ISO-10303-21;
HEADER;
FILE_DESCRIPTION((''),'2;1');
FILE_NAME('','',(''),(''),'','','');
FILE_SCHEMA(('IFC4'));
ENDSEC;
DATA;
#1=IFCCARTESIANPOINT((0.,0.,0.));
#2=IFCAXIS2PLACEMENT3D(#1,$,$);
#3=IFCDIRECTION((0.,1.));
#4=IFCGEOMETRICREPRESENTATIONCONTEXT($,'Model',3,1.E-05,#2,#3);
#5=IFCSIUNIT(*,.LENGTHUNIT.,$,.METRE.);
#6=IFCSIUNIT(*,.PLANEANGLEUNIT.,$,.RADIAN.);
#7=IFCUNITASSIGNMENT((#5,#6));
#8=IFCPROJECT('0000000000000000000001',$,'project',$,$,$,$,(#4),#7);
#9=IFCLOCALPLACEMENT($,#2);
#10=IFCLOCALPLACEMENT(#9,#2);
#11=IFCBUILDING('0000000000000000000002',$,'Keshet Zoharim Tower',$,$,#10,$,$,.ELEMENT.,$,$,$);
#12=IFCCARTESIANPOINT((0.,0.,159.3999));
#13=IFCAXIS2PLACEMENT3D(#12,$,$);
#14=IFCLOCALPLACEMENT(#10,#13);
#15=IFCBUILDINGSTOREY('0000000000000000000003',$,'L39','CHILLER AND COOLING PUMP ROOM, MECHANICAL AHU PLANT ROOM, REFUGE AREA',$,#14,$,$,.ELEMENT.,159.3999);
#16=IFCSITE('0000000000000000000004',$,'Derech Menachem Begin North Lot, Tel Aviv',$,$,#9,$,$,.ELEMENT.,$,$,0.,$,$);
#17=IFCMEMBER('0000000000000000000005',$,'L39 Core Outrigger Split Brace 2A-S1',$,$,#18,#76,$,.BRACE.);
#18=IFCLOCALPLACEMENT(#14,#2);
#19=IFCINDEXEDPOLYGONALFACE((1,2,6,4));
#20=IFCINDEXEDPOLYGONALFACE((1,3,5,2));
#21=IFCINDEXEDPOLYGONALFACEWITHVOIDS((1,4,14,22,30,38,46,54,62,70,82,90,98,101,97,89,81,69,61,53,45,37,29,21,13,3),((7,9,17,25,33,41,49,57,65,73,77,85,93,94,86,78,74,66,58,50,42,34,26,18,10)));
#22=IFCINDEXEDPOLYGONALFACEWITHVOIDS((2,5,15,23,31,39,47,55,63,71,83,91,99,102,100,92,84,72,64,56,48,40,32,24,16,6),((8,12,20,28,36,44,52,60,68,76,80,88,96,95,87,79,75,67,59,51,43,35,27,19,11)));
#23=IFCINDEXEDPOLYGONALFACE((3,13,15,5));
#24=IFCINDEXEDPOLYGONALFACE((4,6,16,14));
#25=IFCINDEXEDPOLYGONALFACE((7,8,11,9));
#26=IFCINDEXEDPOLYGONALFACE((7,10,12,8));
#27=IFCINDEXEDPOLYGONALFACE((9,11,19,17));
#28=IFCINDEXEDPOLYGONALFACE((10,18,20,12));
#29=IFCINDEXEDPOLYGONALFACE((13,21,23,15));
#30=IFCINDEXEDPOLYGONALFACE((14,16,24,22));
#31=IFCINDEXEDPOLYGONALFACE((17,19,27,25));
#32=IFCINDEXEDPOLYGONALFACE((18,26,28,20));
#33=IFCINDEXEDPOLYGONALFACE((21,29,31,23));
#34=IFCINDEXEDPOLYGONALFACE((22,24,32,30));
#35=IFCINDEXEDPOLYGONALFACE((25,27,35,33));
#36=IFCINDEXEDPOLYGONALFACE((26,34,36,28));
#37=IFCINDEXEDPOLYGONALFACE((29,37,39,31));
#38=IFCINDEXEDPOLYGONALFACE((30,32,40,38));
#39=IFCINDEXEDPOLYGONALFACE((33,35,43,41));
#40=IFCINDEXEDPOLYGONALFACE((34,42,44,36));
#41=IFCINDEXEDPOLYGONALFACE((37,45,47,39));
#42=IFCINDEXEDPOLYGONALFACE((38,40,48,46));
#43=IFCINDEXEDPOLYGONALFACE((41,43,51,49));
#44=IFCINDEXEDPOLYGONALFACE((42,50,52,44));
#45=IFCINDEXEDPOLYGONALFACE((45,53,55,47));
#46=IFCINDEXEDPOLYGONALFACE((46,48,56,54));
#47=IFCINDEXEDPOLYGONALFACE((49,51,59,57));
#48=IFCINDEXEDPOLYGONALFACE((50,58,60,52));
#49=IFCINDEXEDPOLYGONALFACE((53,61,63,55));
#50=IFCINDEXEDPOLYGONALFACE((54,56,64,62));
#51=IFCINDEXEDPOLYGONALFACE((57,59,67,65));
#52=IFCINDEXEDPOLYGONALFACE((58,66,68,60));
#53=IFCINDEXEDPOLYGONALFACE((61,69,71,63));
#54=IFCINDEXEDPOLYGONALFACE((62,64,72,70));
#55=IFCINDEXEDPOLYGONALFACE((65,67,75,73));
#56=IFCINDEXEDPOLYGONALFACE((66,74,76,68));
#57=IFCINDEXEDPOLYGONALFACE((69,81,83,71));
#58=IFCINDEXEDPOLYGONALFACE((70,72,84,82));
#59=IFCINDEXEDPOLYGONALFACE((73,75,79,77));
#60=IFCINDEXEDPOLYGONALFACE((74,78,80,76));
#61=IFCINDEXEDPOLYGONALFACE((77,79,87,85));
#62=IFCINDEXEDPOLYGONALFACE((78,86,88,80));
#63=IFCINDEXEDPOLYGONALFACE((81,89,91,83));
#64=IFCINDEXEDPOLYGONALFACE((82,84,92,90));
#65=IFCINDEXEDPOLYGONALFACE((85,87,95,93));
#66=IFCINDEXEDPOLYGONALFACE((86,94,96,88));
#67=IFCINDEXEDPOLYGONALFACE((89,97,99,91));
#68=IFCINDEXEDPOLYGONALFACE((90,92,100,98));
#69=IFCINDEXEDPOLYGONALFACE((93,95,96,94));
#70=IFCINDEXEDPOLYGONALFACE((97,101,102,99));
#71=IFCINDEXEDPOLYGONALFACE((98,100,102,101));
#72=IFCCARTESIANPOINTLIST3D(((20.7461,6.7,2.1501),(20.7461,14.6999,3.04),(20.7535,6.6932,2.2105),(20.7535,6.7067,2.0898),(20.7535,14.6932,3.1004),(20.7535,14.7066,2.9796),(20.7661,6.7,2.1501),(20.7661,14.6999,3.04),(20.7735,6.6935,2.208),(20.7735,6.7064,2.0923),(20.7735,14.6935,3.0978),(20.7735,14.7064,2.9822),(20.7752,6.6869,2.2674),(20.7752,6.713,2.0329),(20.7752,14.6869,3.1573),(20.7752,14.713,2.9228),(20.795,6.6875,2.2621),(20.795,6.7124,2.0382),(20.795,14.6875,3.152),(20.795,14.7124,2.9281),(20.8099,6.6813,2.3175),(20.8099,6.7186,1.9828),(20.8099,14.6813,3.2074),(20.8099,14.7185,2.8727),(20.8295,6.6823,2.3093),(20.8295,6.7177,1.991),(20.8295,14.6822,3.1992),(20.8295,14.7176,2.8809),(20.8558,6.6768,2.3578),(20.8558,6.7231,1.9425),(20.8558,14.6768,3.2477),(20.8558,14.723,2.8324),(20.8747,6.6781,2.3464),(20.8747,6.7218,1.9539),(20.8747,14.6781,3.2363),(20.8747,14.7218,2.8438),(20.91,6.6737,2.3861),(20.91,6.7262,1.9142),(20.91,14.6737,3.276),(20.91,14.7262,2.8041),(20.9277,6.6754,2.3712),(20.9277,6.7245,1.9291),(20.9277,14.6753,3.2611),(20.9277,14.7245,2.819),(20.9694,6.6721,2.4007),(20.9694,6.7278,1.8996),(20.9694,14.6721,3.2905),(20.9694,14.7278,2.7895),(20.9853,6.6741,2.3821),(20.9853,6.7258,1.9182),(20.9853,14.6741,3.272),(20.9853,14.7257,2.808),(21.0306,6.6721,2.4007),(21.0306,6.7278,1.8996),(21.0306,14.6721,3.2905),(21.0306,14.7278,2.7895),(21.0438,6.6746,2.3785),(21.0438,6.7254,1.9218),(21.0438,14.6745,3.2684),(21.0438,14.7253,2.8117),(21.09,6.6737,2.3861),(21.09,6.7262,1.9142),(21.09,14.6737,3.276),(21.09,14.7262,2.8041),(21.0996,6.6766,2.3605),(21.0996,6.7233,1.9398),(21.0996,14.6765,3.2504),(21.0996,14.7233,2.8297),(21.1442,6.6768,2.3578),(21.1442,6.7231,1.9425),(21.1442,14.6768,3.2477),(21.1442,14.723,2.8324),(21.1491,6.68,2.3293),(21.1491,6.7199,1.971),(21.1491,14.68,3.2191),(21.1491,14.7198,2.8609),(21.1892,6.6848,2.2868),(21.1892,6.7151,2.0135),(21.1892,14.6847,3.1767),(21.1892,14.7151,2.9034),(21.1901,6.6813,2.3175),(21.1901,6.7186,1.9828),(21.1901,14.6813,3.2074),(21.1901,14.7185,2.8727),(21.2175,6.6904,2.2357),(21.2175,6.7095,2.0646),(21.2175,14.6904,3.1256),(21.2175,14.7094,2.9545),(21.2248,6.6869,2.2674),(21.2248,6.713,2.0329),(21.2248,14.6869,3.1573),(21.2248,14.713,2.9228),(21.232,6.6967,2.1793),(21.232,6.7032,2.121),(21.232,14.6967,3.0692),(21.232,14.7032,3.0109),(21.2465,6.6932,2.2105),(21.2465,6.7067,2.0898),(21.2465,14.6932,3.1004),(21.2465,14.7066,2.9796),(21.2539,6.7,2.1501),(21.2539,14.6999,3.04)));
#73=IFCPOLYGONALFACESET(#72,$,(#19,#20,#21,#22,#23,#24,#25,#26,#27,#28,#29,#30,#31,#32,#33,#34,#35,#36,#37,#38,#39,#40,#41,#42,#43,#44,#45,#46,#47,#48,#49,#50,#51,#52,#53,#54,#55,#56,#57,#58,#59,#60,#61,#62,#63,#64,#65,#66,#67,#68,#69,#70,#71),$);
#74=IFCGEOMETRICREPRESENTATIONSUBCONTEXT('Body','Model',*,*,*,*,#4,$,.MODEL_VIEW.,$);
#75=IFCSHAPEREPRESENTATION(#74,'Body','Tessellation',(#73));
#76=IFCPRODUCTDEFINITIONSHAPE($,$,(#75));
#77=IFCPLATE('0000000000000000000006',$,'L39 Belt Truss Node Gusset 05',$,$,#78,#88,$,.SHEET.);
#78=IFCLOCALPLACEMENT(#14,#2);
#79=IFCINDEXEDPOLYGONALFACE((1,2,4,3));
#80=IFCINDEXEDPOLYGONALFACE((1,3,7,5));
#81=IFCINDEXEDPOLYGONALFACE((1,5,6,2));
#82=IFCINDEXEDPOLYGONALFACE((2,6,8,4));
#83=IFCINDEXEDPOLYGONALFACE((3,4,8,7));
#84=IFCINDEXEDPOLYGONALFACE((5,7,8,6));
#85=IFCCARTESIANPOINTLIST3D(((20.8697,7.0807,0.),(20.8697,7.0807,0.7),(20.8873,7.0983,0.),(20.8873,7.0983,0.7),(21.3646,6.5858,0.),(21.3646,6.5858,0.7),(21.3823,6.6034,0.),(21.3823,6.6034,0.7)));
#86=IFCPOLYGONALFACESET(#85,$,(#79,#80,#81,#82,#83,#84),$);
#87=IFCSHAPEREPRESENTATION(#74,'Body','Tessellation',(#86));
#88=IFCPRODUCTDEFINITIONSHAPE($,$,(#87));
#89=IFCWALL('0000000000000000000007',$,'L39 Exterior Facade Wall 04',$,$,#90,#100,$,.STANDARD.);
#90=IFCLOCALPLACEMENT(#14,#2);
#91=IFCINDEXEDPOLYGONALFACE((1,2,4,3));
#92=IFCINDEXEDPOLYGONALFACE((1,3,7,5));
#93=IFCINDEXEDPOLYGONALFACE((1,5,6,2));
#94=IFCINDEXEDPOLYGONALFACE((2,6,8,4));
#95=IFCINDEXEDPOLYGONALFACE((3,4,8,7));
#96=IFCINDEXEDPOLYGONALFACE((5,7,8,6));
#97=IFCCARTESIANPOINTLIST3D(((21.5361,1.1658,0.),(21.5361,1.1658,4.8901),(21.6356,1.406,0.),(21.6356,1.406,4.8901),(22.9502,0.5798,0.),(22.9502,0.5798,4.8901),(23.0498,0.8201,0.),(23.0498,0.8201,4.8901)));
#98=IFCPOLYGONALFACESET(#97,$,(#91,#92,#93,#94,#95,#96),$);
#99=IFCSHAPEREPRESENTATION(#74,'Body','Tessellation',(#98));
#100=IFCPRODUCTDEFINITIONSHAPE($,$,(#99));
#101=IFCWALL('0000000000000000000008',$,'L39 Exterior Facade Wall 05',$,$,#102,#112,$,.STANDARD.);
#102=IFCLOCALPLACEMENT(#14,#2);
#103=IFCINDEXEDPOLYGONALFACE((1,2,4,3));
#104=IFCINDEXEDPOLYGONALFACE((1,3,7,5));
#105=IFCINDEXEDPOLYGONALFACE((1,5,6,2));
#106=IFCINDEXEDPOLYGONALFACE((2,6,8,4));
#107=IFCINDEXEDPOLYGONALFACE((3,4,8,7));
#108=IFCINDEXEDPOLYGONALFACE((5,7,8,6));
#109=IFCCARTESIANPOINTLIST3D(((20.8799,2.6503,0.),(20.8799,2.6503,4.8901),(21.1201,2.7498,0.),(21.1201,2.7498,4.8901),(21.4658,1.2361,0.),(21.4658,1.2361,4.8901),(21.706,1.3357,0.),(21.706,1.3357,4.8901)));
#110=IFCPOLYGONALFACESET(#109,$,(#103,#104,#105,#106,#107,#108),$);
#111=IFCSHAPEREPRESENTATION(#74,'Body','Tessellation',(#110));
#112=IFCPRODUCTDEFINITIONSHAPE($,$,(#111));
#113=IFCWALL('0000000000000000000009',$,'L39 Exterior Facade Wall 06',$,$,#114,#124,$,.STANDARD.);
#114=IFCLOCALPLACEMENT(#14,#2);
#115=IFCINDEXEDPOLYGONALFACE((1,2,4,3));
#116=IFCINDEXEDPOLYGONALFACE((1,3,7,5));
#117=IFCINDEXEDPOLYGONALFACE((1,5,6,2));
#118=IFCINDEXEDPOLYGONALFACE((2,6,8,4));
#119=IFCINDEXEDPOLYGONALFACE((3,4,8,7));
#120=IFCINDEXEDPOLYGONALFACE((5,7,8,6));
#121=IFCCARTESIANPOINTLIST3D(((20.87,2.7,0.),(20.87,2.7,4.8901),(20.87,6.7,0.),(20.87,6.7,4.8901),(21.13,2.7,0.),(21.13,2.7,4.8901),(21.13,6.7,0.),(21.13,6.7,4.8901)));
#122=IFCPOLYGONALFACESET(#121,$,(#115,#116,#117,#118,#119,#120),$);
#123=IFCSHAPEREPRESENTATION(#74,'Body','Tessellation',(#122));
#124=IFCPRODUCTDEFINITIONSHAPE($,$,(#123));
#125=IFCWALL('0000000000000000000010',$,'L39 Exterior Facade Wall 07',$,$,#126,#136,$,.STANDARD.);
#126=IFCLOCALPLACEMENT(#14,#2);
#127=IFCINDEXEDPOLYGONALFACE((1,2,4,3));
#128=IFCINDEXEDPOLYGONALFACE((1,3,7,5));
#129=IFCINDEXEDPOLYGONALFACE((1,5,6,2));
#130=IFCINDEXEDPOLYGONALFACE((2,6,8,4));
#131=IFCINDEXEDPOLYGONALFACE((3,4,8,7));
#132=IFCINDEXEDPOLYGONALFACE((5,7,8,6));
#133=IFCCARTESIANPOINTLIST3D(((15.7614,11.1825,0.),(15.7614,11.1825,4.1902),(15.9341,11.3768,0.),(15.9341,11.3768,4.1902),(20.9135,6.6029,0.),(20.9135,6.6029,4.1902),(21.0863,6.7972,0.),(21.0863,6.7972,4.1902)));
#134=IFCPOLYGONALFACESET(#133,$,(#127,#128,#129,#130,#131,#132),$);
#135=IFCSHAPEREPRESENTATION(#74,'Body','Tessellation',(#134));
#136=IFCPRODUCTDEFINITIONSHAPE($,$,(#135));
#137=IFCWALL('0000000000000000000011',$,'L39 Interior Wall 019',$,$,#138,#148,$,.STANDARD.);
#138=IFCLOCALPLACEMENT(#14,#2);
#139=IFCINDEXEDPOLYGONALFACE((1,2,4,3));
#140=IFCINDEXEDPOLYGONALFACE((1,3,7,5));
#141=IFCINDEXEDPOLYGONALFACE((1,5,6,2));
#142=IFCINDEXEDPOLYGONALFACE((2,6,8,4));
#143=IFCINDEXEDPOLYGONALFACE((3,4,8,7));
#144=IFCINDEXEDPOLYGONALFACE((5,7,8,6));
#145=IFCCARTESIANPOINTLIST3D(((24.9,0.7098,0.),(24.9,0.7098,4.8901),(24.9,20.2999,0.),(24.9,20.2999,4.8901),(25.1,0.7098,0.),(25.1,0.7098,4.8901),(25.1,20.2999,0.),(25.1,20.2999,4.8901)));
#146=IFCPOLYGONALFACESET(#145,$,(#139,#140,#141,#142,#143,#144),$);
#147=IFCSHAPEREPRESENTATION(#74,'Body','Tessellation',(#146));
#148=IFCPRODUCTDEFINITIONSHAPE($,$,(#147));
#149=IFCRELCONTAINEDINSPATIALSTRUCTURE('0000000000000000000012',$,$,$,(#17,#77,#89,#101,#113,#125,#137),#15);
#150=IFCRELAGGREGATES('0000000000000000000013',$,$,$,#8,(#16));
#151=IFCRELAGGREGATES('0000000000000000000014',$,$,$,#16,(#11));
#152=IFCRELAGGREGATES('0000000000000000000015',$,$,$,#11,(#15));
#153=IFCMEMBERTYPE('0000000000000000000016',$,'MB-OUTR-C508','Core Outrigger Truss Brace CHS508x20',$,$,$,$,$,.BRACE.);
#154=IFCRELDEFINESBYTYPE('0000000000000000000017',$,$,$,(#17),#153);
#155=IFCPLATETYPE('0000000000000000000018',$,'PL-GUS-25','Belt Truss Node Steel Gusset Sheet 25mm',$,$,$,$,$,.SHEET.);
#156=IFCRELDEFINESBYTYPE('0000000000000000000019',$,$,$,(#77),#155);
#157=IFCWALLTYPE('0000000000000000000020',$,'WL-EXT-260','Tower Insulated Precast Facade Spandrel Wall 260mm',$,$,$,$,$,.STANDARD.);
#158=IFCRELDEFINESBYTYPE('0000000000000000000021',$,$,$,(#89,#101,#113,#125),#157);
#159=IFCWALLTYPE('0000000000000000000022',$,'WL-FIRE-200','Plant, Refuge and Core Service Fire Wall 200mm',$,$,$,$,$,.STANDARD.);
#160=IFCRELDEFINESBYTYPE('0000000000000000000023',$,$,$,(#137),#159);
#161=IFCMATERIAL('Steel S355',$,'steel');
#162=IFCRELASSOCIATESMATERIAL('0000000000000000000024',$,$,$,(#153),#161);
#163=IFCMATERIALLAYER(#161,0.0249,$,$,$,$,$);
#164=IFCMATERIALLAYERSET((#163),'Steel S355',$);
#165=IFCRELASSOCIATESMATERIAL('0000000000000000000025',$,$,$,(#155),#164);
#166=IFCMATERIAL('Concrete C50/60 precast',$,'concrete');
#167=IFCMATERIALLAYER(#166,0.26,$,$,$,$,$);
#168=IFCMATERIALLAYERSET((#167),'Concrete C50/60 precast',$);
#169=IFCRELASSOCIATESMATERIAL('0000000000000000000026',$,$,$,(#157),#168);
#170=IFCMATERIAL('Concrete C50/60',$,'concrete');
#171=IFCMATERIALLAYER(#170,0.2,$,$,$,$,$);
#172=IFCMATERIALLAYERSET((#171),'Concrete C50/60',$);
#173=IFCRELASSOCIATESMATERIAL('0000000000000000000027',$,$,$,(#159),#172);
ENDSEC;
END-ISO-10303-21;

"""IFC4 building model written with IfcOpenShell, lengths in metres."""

from ifc_helpers import new_model, si_unit, direction, frame, frame_2d, origin, origin_2d, place, context, subcontext, project, spatial, rectangle, hollow_circle, extrude, material, layer, layer_set, material_profile, profile_set, type_object, element, save


model = new_model("IFC4")

# Units and contexts
model_context = context("Model", 3, precision=1e-05, world=origin(), true_north=direction((0.0, 1.0)))
body_context = subcontext(model_context, "Body", "Model", "MODEL_VIEW")
ifc_project = project(units=[si_unit("LENGTHUNIT", "METRE"), si_unit("PLANEANGLEUNIT", "RADIAN")], contexts=[model_context])

# Site, building, storey
site_placement = place(None, origin())
site = spatial("IfcSite", under=ifc_project, at=site_placement, Name="Derech Menachem Begin North Lot, Tel Aviv", CompositionType="ELEMENT", RefElevation=0.0)
building_placement = place(site_placement, origin())
building = spatial("IfcBuilding", under=site, at=building_placement, Name="Keshet Zoharim Tower", CompositionType="ELEMENT")
storey_placement = place(building_placement, frame((0.0, 0.0, 159.3999)))
storey = spatial("IfcBuildingStorey", under=building, at=storey_placement, Name="L39", Description="CHILLER AND COOLING PUMP ROOM, MECHANICAL AHU PLANT ROOM, REFUGE AREA", CompositionType="ELEMENT", Elevation=159.3999)

# Shared definitions
ifc_material_1 = material(Name="Steel S355", Category="steel")

# Member
ifc_material_profile_1 = material_profile(ifc_material_1, hollow_circle(Radius=0.2539, WallThickness=0.02, at=origin_2d()), Name="CHS508x20")
ifc_profile_set_1 = profile_set([ifc_material_profile_1], Name="Steel S355")
member_type_1 = type_object("IfcMemberType", Name="MB-OUTR-C508", Description="Core Outrigger Truss Brace CHS508x20", PredefinedType="BRACE", material=ifc_profile_set_1)
member_1_placement = place(storey_placement, frame((21.0, 6.7, 2.1501), z_axis=(0.0, 0.99387, 0.110555), x_axis=(-1.0, 0.0, 0.0)))
element("IfcMember", 1, at=member_1_placement, inside=storey, type_object=member_type_1, Name="L39 Core Outrigger Split Brace 2A-S1", PredefinedType="BRACE", context=body_context, shape_type="SweptSolid", body=[
    extrude(hollow_circle(Radius=0.2539, WallThickness=0.02, at=origin_2d()), origin(), (0.0, 0.0, 1.0), 8.0493),
])

# Plate
ifc_layer_1 = layer(ifc_material_1, 0.0249)
ifc_layer_set_1 = layer_set([ifc_layer_1], Name="Steel S355")
plate_type = type_object("IfcPlateType", Name="PL-GUS-25", Description="Belt Truss Node Steel Gusset Sheet 25mm", PredefinedType="SHEET", material=ifc_layer_set_1)
plate_placement = place(storey_placement, frame((21.126, 6.842, 0.0), z_axis=(0.0, 0.0, 1.0), x_axis=(-0.707107, 0.707107, 0.0)))
element("IfcPlate", 2, at=plate_placement, inside=storey, type_object=plate_type, Name="L39 Belt Truss Node Gusset 05", PredefinedType="SHEET", context=body_context, shape_type="SweptSolid", body=[
    extrude(rectangle(XDim=0.7, YDim=0.0249, at=origin_2d()), origin(), (0.0, 0.0, 1.0), 0.7),
])

# Walls
ifc_material_2 = material(Name="Concrete C50/60 precast", Category="concrete")
ifc_layer_2 = layer(ifc_material_2, 0.26)
ifc_layer_set_2 = layer_set([ifc_layer_2], Name="Concrete C50/60 precast")
wall_type_1 = type_object("IfcWallType", Name="WL-EXT-260", Description="Tower Insulated Precast Facade Spandrel Wall 260mm", PredefinedType="STANDARD", material=ifc_layer_set_2)
for number, where, z_axis, x_axis, name in (
    (3, (23.0, 0.7, 0.0), (0.0, 0.0, 1.0), (-0.92383, 0.382803, 0.0), "L39 Exterior Facade Wall 04"),
    (4, (21.5859, 1.2859, 0.0), (0.0, 0.0, 1.0), (-0.382803, 0.92383, 0.0), "L39 Exterior Facade Wall 05"),
):
    element("IfcWall", number, at=place(storey_placement, frame(where, z_axis=z_axis, x_axis=x_axis)), inside=storey, type_object=wall_type_1, Name=name, PredefinedType="STANDARD", context=body_context, shape_type="SweptSolid", body=[
        extrude(rectangle(XDim=1.5308, YDim=0.26, at=frame_2d((0.7654, 0.0))), origin(), (0.0, 0.0, 1.0), 4.8901),
    ])
wall_1_placement = place(storey_placement, frame((21.0, 2.7, 0.0), z_axis=(0.0, 0.0, 1.0), x_axis=(0.0, 1.0, 0.0)))
element("IfcWall", 5, at=wall_1_placement, inside=storey, type_object=wall_type_1, Name="L39 Exterior Facade Wall 06", PredefinedType="STANDARD", context=body_context, shape_type="SweptSolid", body=[
    extrude(rectangle(XDim=4.0, YDim=0.26, at=frame_2d((2.0, 0.0))), origin(), (0.0, 0.0, 1.0), 4.8901),
])
wall_2_placement = place(storey_placement, frame((21.0, 6.7, 0.0), z_axis=(0.0, 0.0, 1.0), x_axis=(-0.747413, 0.664359, 0.0)))
element("IfcWall", 6, at=wall_2_placement, inside=storey, type_object=wall_type_1, Name="L39 Exterior Facade Wall 07", PredefinedType="STANDARD", context=body_context, shape_type="SweptSolid", body=[
    extrude(rectangle(XDim=6.8933, YDim=0.26, at=frame_2d((3.4468, 0.0))), origin(), (0.0, 0.0, 1.0), 4.1902),
])
ifc_material_3 = material(Name="Concrete C50/60", Category="concrete")
ifc_layer_3 = layer(ifc_material_3, 0.2)
ifc_layer_set_3 = layer_set([ifc_layer_3], Name="Concrete C50/60")
wall_type_2 = type_object("IfcWallType", Name="WL-FIRE-200", Description="Plant, Refuge and Core Service Fire Wall 200mm", PredefinedType="STANDARD", material=ifc_layer_set_3)
wall_3_placement = place(storey_placement, frame((25.0, 0.71, 0.0), z_axis=(0.0, 0.0, 1.0), x_axis=(0.0, 1.0, 0.0)))
element("IfcWall", 7, at=wall_3_placement, inside=storey, type_object=wall_type_2, Name="L39 Interior Wall 019", PredefinedType="STANDARD", context=body_context, shape_type="SweptSolid", body=[
    extrude(rectangle(XDim=19.5901, YDim=0.2, at=frame_2d((9.7949, 0.0))), origin(), (0.0, 0.0, 1.0), 4.8901),
])

save(model, "model.ifc")
